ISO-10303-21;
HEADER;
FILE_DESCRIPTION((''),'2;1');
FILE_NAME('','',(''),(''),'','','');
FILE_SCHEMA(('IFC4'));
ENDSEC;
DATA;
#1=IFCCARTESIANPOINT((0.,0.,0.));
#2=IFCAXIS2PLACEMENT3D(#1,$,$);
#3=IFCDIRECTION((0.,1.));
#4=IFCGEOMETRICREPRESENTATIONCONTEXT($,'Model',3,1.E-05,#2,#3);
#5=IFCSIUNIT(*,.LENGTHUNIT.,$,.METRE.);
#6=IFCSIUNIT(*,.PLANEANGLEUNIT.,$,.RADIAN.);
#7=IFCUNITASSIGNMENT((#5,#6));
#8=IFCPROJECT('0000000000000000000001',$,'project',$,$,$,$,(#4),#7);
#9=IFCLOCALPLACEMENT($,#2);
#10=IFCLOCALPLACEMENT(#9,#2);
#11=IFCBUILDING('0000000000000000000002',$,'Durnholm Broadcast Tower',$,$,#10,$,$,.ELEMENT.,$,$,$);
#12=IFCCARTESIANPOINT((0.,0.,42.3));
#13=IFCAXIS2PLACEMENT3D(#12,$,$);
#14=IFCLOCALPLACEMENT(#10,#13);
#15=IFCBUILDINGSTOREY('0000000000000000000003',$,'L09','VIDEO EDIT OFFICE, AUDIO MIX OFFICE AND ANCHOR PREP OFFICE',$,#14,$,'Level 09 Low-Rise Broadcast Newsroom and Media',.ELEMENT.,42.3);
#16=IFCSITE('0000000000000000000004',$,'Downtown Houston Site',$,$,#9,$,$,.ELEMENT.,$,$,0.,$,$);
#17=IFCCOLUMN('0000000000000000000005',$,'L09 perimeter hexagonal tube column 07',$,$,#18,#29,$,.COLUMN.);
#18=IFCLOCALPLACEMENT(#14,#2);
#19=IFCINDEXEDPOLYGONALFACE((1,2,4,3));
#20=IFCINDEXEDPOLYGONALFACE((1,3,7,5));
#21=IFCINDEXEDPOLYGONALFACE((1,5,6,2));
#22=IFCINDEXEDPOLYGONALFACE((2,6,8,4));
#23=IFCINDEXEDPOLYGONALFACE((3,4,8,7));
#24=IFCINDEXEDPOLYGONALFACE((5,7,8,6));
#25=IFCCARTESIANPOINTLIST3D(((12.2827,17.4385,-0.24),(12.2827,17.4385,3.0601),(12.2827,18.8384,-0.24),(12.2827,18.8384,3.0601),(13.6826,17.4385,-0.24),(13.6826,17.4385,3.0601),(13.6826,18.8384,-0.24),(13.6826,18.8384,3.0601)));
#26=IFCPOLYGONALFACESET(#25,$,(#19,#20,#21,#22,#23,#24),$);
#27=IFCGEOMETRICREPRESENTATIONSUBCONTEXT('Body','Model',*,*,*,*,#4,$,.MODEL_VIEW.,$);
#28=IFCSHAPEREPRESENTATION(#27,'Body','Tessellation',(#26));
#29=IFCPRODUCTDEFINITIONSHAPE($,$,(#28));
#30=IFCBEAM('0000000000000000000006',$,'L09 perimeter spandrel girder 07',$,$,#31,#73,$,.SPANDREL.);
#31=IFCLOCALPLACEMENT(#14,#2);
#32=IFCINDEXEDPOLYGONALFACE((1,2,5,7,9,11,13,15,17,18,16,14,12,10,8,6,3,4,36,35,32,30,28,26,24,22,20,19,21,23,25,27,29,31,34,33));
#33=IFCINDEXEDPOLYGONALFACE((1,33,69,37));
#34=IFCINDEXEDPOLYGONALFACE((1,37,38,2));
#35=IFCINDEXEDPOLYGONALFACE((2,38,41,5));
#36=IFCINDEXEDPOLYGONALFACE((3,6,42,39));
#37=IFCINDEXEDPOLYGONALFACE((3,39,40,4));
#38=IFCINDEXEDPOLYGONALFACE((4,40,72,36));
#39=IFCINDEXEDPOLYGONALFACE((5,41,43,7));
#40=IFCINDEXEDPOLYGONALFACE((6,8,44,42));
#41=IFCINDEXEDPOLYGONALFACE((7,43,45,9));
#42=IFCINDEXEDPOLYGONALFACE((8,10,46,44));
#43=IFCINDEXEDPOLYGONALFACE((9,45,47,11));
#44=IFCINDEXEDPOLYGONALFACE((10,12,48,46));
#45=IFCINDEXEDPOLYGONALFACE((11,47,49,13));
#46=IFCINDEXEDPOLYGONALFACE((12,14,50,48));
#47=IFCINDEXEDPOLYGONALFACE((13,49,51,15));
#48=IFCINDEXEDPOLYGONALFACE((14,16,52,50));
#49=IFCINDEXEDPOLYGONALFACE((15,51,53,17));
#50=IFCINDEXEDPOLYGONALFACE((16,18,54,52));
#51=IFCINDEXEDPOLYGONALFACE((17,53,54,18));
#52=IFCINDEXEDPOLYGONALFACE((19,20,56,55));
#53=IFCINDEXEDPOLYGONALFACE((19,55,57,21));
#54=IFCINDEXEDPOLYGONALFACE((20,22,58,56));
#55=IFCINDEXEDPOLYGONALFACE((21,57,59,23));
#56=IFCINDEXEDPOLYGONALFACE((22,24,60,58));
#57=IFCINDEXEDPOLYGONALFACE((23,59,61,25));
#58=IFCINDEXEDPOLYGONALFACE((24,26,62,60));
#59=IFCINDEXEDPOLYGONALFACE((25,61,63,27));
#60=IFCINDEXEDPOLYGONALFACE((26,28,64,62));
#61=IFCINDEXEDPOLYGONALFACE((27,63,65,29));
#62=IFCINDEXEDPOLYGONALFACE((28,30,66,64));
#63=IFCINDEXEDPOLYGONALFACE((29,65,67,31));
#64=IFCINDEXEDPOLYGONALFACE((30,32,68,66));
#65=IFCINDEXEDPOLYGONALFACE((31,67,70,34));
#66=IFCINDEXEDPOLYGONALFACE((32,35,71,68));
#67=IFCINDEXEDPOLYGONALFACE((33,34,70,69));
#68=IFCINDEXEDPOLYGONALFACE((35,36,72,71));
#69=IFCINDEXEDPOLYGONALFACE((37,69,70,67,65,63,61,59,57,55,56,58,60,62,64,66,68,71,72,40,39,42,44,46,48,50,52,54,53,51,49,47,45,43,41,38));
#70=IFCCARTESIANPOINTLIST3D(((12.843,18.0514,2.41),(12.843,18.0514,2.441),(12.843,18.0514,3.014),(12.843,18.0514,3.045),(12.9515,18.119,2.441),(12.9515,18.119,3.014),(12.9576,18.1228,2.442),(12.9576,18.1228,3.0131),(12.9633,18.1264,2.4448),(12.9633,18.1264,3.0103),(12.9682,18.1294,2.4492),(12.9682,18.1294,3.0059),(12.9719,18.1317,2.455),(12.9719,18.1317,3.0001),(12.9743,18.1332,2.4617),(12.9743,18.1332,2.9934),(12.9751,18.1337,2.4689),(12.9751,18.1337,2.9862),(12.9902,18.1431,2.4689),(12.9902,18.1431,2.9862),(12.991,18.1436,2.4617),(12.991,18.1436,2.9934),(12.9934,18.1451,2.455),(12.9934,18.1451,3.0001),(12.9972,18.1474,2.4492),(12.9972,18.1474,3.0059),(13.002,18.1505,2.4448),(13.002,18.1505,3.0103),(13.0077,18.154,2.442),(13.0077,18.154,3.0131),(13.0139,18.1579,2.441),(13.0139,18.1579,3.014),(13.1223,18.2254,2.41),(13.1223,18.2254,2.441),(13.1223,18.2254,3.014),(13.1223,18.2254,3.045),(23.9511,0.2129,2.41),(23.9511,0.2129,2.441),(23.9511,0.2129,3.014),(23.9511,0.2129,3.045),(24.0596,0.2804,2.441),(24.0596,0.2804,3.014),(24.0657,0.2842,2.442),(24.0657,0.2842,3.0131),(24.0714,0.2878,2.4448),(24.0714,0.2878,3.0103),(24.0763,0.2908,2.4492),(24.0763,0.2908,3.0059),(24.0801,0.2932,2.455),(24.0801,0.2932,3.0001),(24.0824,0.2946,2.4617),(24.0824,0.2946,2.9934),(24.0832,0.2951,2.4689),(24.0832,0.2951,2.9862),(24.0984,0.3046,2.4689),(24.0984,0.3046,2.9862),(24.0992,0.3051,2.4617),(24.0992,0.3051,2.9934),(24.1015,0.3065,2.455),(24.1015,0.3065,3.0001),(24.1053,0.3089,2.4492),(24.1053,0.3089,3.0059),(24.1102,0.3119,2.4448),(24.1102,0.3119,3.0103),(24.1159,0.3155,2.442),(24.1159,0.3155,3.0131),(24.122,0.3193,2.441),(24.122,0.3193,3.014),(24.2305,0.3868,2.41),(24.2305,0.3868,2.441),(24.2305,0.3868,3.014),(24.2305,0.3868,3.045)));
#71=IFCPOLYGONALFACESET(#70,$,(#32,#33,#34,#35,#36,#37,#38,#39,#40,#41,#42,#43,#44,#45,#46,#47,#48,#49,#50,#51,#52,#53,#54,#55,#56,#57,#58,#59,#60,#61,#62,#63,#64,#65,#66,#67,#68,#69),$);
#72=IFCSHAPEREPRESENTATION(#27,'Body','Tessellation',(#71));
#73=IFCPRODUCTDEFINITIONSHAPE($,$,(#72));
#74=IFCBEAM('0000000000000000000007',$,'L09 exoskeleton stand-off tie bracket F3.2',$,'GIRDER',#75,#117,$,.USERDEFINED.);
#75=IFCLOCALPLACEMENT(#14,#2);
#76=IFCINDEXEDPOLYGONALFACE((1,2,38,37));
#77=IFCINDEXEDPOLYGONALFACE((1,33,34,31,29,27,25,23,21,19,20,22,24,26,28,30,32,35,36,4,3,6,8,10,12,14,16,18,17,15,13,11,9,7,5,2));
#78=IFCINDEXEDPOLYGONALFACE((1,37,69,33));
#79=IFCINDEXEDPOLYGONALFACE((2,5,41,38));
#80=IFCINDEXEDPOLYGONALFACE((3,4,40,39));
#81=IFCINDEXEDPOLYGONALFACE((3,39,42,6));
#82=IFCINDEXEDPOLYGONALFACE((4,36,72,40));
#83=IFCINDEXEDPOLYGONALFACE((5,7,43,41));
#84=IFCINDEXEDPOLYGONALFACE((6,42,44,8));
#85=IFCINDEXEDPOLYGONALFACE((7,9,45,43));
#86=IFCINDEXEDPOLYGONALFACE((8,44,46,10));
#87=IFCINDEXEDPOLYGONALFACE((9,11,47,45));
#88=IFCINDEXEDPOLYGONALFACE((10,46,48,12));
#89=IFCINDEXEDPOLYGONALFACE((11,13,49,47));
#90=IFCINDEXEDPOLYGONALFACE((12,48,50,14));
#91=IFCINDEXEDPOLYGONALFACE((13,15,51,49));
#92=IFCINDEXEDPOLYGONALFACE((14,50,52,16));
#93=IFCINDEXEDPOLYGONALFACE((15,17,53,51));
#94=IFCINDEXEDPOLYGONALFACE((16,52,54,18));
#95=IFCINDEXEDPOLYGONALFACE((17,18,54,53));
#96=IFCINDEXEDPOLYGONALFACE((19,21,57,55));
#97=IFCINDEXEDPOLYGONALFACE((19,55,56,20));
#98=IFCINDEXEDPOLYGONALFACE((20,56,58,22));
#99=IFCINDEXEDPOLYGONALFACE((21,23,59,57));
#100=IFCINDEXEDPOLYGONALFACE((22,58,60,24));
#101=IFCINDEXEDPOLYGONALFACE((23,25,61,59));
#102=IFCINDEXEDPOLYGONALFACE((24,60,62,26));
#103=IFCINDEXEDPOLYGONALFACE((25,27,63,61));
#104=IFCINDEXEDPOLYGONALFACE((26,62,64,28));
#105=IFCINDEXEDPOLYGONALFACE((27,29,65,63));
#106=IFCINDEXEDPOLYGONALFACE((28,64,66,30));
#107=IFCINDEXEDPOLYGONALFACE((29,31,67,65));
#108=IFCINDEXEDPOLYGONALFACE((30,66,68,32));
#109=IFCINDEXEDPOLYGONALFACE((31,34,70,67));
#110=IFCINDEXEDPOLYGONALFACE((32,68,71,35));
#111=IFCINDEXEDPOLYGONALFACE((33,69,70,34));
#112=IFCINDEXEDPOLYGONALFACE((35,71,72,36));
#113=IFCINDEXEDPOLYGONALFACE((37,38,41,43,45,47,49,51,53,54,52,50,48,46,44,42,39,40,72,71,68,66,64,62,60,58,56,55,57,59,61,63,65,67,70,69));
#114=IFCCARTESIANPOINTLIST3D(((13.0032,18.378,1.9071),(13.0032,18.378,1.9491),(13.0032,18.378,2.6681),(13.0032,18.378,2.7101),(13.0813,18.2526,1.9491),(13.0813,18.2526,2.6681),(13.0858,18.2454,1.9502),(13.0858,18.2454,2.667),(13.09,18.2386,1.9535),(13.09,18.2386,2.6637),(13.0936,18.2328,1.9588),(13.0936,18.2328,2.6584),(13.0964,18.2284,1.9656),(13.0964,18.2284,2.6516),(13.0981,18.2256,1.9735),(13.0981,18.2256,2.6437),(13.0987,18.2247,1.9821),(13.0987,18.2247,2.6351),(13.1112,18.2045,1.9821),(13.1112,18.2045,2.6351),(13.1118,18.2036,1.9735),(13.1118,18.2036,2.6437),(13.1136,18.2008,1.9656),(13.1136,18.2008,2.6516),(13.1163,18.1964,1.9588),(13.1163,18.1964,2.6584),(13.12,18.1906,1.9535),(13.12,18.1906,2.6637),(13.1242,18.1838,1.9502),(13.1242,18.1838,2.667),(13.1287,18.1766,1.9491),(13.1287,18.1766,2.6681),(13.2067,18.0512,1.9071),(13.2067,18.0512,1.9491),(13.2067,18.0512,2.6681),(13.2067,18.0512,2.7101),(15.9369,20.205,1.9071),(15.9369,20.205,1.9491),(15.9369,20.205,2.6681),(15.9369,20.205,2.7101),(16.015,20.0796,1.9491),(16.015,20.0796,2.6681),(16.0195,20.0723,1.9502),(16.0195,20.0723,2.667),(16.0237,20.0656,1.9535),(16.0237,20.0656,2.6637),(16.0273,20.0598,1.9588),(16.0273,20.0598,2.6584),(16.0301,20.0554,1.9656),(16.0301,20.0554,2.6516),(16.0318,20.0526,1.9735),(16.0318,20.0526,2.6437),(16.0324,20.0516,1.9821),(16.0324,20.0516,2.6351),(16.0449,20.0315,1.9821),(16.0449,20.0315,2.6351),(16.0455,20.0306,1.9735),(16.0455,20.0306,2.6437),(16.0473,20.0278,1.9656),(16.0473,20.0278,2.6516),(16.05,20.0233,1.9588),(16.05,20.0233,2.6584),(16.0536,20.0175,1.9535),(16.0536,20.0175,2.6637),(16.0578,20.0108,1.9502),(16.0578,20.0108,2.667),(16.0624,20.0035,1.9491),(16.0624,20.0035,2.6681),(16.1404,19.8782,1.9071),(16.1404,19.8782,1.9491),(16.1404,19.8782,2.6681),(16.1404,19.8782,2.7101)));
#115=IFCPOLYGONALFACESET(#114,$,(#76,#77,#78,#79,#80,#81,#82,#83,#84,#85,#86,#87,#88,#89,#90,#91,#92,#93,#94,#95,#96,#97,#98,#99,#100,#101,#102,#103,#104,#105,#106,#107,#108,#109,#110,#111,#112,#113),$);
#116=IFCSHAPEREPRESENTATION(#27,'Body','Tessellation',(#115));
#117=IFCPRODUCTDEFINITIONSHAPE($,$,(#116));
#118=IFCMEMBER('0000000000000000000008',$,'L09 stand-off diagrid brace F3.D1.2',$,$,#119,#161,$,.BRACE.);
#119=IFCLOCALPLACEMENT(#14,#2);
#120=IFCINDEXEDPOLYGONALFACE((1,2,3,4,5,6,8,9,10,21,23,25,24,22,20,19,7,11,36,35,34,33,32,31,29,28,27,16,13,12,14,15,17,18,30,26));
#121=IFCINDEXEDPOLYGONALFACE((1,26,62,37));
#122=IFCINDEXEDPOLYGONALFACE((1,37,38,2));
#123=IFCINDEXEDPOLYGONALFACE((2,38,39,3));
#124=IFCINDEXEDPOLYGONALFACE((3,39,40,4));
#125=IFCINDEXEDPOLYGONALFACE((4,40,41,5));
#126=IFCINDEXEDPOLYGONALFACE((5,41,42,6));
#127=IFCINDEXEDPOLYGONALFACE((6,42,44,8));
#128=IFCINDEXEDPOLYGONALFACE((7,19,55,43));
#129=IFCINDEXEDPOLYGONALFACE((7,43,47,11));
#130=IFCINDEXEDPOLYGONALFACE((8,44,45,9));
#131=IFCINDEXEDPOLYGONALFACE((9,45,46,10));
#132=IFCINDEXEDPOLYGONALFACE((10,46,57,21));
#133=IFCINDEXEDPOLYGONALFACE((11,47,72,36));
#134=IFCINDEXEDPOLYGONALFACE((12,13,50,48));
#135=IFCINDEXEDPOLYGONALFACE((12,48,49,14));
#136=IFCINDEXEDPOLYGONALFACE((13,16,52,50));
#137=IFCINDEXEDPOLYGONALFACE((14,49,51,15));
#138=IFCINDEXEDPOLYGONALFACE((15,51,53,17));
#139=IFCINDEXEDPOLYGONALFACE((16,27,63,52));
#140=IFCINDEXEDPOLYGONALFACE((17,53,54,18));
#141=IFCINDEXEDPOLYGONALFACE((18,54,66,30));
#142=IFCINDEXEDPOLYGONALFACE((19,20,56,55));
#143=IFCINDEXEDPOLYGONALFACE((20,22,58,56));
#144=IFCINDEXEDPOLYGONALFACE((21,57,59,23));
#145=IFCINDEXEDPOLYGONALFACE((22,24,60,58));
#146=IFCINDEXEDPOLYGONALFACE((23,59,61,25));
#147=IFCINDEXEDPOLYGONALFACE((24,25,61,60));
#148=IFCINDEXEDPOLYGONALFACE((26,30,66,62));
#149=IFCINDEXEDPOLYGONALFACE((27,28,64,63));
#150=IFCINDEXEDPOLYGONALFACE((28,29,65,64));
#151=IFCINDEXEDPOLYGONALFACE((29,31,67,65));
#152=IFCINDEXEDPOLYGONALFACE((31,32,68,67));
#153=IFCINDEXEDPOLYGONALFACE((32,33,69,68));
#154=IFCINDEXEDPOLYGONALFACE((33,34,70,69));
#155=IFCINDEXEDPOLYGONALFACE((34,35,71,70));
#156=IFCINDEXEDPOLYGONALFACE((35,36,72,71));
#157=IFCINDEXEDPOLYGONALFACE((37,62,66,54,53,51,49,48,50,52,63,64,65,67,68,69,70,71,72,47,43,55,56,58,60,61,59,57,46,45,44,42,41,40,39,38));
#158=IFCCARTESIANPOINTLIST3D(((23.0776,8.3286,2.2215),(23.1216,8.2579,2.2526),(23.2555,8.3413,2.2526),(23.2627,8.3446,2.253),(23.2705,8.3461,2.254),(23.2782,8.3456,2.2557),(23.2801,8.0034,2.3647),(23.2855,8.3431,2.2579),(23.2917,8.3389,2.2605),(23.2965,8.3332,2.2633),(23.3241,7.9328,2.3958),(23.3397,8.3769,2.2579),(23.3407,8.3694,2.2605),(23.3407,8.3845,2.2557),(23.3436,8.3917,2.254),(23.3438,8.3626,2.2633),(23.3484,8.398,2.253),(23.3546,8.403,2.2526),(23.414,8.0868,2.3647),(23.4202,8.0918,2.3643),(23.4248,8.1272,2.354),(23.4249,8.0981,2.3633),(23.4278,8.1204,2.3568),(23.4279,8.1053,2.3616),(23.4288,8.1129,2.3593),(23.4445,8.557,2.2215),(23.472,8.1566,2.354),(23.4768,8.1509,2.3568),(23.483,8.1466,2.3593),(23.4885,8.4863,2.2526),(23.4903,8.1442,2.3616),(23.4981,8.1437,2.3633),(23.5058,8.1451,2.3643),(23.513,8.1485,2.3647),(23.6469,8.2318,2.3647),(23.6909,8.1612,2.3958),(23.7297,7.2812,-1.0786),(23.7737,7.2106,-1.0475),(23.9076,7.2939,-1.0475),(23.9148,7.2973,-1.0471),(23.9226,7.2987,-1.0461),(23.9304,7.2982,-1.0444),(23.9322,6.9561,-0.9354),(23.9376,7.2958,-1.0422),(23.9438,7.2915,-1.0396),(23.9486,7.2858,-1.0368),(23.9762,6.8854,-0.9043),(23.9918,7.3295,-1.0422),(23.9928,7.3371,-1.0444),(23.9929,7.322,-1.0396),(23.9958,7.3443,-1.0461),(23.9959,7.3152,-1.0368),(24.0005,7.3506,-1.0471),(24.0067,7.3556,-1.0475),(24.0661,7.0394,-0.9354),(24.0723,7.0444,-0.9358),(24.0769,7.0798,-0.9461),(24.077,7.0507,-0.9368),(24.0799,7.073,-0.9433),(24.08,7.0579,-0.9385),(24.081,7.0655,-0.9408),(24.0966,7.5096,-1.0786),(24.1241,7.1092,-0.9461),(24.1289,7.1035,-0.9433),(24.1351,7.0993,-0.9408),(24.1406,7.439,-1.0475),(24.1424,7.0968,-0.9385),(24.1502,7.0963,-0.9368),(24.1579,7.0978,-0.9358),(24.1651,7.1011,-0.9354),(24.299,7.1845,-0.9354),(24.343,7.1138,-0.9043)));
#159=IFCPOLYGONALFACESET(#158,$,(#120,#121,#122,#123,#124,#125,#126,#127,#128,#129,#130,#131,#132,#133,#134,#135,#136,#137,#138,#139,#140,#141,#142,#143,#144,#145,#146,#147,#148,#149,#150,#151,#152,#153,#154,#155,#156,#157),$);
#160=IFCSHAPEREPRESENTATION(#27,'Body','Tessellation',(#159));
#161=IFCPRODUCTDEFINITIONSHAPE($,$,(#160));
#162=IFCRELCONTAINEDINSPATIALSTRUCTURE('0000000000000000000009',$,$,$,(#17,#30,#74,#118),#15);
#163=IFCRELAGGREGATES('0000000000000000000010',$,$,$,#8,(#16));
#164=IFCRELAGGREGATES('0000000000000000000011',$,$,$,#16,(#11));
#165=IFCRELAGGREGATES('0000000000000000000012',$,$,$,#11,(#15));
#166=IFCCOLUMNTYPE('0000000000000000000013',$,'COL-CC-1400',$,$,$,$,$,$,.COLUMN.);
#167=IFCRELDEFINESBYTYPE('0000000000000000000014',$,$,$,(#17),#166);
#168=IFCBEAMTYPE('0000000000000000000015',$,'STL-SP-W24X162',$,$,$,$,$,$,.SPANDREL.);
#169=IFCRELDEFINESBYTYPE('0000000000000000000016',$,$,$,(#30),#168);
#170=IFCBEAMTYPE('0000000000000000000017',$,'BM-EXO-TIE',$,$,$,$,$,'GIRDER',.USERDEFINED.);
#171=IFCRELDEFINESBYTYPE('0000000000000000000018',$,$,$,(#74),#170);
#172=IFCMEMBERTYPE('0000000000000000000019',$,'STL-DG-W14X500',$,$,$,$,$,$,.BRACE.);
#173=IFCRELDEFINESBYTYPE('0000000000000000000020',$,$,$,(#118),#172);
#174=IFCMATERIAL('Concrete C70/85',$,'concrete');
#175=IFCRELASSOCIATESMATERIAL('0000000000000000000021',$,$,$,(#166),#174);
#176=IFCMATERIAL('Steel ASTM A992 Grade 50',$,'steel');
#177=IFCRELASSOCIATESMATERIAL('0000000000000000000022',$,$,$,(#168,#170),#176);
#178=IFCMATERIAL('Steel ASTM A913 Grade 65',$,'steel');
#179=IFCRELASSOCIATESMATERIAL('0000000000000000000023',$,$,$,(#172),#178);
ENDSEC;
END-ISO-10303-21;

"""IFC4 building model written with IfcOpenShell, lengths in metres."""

from ifc_helpers import new_model, si_unit, direction, frame, origin, origin_2d, place, context, subcontext, project, spatial, rectangle, i_section, extrude, source, transform, mapped, material, material_profile, profile_set, type_object, type_shapes, element, save


model = new_model("IFC4")

# Units and contexts
model_context = context("Model", 3, precision=1e-05, world=origin(), true_north=direction((0.0, 1.0)))
body_context = subcontext(model_context, "Body", "Model", "MODEL_VIEW")
ifc_project = project(units=[si_unit("LENGTHUNIT", "METRE"), si_unit("PLANEANGLEUNIT", "RADIAN")], contexts=[model_context])

# Site, building, storey
site_placement = place(None, origin())
site = spatial("IfcSite", under=ifc_project, at=site_placement, Name="Downtown Houston Site", CompositionType="ELEMENT", RefElevation=0.0)
building_placement = place(site_placement, origin())
building = spatial("IfcBuilding", under=site, at=building_placement, Name="Durnholm Broadcast Tower", CompositionType="ELEMENT")
storey_placement = place(building_placement, frame((0.0, 0.0, 42.3)))
storey = spatial("IfcBuildingStorey", under=building, at=storey_placement, Name="L09", Description="VIDEO EDIT OFFICE, AUDIO MIX OFFICE AND ANCHOR PREP OFFICE", LongName="Level 09 Low-Rise Broadcast Newsroom and Media", CompositionType="ELEMENT", Elevation=42.3)

# Column
ifc_material_1 = material(Name="Concrete C70/85", Category="concrete")
ifc_material_profile_1 = material_profile(ifc_material_1, rectangle(XDim=1.3999, YDim=1.3999, at=origin_2d()), Name="RC1400X1400")
ifc_profile_set_1 = profile_set([ifc_material_profile_1], Name="Concrete C70/85")
column_type = type_object("IfcColumnType", Name="COL-CC-1400", PredefinedType="COLUMN", material=ifc_profile_set_1)
shared_shape_1 = source(origin(), body_context, "Body", "SweptSolid", [
    extrude(rectangle(XDim=1.3999, YDim=1.3999, at=origin_2d()), origin(), (0.0, 0.0, 1.0), 3.3),
])
type_shapes(column_type, [shared_shape_1])
column_placement = place(storey_placement, frame((12.9827, 18.1384, -0.24), z_axis=(0.0, 0.0, 1.0), x_axis=(1.0, 0.0, 0.0)))
element("IfcColumn", 1, at=column_placement, inside=storey, type_object=column_type, Name="L09 perimeter hexagonal tube column 07", PredefinedType="COLUMN", context=body_context, shape_type="MappedRepresentation", body=[
    mapped(shared_shape_1, transform((0.0, 0.0, 0.0), x_axis=(1.0, 0.0, 0.0), y_axis=(0.0, 1.0, 0.0), z_axis=(0.0, 0.0, 1.0), scale=1.0)),
])

# Beams
ifc_material_2 = material(Name="Steel ASTM A992 Grade 50", Category="steel")
ifc_material_profile_2 = material_profile(ifc_material_2, i_section(OverallWidth=0.3291, OverallDepth=0.635, WebThickness=0.0178, FlangeThickness=0.031, FilletRadius=0.0278, at=origin_2d()), Name="W24X162")
ifc_profile_set_2 = profile_set([ifc_material_profile_2], Name="Steel ASTM A992 Grade 50")
beam_type_1 = type_object("IfcBeamType", Name="STL-SP-W24X162", PredefinedType="SPANDREL", material=ifc_profile_set_2)
shared_shape_2 = source(origin(), body_context, "Body", "SweptSolid", [
    extrude(i_section(OverallWidth=0.3291, OverallDepth=0.635, WebThickness=0.0178, FlangeThickness=0.031, FilletRadius=0.0278, at=origin_2d()), origin(), (0.0, 0.0, 1.0), 21.0144),
])
type_shapes(beam_type_1, [shared_shape_2])
beam_1_placement = place(storey_placement, frame((12.9827, 18.1384, 2.7275), z_axis=(0.528596, -0.848874, 0.0), x_axis=(0.848874, 0.528596, 0.0)))
element("IfcBeam", 2, at=beam_1_placement, inside=storey, type_object=beam_type_1, Name="L09 perimeter spandrel girder 07", PredefinedType="SPANDREL", context=body_context, shape_type="MappedRepresentation", body=[
    mapped(shared_shape_2, transform((0.0, 0.0, 0.0), x_axis=(1.0, 0.0, 0.0), y_axis=(0.0, 1.0, 0.0), z_axis=(0.0, 0.0, 1.0), scale=1.0)),
])
ifc_material_profile_3 = material_profile(ifc_material_2, i_section(OverallWidth=0.385, OverallDepth=0.803, WebThickness=0.0237, FlangeThickness=0.042, FilletRadius=0.033, at=origin_2d()), Name="W30X261")
ifc_profile_set_3 = profile_set([ifc_material_profile_3], Name="Steel ASTM A992 Grade 50")
beam_type_2 = type_object("IfcBeamType", Name="BM-EXO-TIE", ElementType="GIRDER", PredefinedType="USERDEFINED", material=ifc_profile_set_3)
shared_shape_3 = source(origin(), body_context, "Body", "SweptSolid", [
    extrude(i_section(OverallWidth=0.385, OverallDepth=0.803, WebThickness=0.0237, FlangeThickness=0.042, FilletRadius=0.033, at=origin_2d()), origin(), (0.0, 0.0, 1.0), 3.4561),
])
type_shapes(beam_type_2, [shared_shape_3])
beam_2_placement = place(storey_placement, frame((13.105, 18.2146, 2.3086), z_axis=(0.848854, 0.528627, 0.0), x_axis=(-0.528627, 0.848854, 0.0)))
element("IfcBeam", 3, at=beam_2_placement, inside=storey, type_object=beam_type_2, Name="L09 exoskeleton stand-off tie bracket F3.2", ObjectType="GIRDER", PredefinedType="USERDEFINED", context=body_context, shape_type="MappedRepresentation", body=[
    mapped(shared_shape_3, transform((0.0, 0.0, 0.0), x_axis=(1.0, 0.0, 0.0), y_axis=(0.0, 1.0, 0.0), z_axis=(0.0, 0.0, 1.0), scale=1.0)),
])

# Member
ifc_material_3 = material(Name="Steel ASTM A913 Grade 65", Category="steel")
ifc_material_profile_4 = material_profile(ifc_material_3, i_section(OverallWidth=0.4321, OverallDepth=0.4978, WebThickness=0.0557, FlangeThickness=0.0889, FilletRadius=0.0305, at=origin_2d()), Name="W14X500")
ifc_profile_set_4 = profile_set([ifc_material_profile_4], Name="Steel ASTM A913 Grade 65")
member_type_1 = type_object("IfcMemberType", Name="STL-DG-W14X500", PredefinedType="BRACE", material=ifc_profile_set_4)
shared_shape_4 = source(origin(), body_context, "Body", "SweptSolid", [
    extrude(i_section(OverallWidth=0.4321, OverallDepth=0.4978, WebThickness=0.0557, FlangeThickness=0.0889, FilletRadius=0.0305, at=origin_2d()), origin(), (0.0, 0.0, 1.0), 3.5232),
])
type_shapes(member_type_1, [shared_shape_4])
for number, where, z_axis, x_axis, name in (
    (4, (24.0364, 7.1975, -0.9915), (-0.18509, 0.297281, 0.936678), (-0.848909, -0.52854, 0.0), "L09 stand-off diagrid brace F3.D1.2"),
):
    element("IfcMember", number, at=place(storey_placement, frame(where, z_axis=z_axis, x_axis=x_axis)), inside=storey, type_object=member_type_1, Name=name, PredefinedType="BRACE", context=body_context, shape_type="MappedRepresentation", body=[
        mapped(shared_shape_4, transform((0.0, 0.0, 0.0), x_axis=(1.0, 0.0, 0.0), y_axis=(0.0, 1.0, 0.0), z_axis=(0.0, 0.0, 1.0), scale=1.0)),
    ])

save(model, "model.ifc")
